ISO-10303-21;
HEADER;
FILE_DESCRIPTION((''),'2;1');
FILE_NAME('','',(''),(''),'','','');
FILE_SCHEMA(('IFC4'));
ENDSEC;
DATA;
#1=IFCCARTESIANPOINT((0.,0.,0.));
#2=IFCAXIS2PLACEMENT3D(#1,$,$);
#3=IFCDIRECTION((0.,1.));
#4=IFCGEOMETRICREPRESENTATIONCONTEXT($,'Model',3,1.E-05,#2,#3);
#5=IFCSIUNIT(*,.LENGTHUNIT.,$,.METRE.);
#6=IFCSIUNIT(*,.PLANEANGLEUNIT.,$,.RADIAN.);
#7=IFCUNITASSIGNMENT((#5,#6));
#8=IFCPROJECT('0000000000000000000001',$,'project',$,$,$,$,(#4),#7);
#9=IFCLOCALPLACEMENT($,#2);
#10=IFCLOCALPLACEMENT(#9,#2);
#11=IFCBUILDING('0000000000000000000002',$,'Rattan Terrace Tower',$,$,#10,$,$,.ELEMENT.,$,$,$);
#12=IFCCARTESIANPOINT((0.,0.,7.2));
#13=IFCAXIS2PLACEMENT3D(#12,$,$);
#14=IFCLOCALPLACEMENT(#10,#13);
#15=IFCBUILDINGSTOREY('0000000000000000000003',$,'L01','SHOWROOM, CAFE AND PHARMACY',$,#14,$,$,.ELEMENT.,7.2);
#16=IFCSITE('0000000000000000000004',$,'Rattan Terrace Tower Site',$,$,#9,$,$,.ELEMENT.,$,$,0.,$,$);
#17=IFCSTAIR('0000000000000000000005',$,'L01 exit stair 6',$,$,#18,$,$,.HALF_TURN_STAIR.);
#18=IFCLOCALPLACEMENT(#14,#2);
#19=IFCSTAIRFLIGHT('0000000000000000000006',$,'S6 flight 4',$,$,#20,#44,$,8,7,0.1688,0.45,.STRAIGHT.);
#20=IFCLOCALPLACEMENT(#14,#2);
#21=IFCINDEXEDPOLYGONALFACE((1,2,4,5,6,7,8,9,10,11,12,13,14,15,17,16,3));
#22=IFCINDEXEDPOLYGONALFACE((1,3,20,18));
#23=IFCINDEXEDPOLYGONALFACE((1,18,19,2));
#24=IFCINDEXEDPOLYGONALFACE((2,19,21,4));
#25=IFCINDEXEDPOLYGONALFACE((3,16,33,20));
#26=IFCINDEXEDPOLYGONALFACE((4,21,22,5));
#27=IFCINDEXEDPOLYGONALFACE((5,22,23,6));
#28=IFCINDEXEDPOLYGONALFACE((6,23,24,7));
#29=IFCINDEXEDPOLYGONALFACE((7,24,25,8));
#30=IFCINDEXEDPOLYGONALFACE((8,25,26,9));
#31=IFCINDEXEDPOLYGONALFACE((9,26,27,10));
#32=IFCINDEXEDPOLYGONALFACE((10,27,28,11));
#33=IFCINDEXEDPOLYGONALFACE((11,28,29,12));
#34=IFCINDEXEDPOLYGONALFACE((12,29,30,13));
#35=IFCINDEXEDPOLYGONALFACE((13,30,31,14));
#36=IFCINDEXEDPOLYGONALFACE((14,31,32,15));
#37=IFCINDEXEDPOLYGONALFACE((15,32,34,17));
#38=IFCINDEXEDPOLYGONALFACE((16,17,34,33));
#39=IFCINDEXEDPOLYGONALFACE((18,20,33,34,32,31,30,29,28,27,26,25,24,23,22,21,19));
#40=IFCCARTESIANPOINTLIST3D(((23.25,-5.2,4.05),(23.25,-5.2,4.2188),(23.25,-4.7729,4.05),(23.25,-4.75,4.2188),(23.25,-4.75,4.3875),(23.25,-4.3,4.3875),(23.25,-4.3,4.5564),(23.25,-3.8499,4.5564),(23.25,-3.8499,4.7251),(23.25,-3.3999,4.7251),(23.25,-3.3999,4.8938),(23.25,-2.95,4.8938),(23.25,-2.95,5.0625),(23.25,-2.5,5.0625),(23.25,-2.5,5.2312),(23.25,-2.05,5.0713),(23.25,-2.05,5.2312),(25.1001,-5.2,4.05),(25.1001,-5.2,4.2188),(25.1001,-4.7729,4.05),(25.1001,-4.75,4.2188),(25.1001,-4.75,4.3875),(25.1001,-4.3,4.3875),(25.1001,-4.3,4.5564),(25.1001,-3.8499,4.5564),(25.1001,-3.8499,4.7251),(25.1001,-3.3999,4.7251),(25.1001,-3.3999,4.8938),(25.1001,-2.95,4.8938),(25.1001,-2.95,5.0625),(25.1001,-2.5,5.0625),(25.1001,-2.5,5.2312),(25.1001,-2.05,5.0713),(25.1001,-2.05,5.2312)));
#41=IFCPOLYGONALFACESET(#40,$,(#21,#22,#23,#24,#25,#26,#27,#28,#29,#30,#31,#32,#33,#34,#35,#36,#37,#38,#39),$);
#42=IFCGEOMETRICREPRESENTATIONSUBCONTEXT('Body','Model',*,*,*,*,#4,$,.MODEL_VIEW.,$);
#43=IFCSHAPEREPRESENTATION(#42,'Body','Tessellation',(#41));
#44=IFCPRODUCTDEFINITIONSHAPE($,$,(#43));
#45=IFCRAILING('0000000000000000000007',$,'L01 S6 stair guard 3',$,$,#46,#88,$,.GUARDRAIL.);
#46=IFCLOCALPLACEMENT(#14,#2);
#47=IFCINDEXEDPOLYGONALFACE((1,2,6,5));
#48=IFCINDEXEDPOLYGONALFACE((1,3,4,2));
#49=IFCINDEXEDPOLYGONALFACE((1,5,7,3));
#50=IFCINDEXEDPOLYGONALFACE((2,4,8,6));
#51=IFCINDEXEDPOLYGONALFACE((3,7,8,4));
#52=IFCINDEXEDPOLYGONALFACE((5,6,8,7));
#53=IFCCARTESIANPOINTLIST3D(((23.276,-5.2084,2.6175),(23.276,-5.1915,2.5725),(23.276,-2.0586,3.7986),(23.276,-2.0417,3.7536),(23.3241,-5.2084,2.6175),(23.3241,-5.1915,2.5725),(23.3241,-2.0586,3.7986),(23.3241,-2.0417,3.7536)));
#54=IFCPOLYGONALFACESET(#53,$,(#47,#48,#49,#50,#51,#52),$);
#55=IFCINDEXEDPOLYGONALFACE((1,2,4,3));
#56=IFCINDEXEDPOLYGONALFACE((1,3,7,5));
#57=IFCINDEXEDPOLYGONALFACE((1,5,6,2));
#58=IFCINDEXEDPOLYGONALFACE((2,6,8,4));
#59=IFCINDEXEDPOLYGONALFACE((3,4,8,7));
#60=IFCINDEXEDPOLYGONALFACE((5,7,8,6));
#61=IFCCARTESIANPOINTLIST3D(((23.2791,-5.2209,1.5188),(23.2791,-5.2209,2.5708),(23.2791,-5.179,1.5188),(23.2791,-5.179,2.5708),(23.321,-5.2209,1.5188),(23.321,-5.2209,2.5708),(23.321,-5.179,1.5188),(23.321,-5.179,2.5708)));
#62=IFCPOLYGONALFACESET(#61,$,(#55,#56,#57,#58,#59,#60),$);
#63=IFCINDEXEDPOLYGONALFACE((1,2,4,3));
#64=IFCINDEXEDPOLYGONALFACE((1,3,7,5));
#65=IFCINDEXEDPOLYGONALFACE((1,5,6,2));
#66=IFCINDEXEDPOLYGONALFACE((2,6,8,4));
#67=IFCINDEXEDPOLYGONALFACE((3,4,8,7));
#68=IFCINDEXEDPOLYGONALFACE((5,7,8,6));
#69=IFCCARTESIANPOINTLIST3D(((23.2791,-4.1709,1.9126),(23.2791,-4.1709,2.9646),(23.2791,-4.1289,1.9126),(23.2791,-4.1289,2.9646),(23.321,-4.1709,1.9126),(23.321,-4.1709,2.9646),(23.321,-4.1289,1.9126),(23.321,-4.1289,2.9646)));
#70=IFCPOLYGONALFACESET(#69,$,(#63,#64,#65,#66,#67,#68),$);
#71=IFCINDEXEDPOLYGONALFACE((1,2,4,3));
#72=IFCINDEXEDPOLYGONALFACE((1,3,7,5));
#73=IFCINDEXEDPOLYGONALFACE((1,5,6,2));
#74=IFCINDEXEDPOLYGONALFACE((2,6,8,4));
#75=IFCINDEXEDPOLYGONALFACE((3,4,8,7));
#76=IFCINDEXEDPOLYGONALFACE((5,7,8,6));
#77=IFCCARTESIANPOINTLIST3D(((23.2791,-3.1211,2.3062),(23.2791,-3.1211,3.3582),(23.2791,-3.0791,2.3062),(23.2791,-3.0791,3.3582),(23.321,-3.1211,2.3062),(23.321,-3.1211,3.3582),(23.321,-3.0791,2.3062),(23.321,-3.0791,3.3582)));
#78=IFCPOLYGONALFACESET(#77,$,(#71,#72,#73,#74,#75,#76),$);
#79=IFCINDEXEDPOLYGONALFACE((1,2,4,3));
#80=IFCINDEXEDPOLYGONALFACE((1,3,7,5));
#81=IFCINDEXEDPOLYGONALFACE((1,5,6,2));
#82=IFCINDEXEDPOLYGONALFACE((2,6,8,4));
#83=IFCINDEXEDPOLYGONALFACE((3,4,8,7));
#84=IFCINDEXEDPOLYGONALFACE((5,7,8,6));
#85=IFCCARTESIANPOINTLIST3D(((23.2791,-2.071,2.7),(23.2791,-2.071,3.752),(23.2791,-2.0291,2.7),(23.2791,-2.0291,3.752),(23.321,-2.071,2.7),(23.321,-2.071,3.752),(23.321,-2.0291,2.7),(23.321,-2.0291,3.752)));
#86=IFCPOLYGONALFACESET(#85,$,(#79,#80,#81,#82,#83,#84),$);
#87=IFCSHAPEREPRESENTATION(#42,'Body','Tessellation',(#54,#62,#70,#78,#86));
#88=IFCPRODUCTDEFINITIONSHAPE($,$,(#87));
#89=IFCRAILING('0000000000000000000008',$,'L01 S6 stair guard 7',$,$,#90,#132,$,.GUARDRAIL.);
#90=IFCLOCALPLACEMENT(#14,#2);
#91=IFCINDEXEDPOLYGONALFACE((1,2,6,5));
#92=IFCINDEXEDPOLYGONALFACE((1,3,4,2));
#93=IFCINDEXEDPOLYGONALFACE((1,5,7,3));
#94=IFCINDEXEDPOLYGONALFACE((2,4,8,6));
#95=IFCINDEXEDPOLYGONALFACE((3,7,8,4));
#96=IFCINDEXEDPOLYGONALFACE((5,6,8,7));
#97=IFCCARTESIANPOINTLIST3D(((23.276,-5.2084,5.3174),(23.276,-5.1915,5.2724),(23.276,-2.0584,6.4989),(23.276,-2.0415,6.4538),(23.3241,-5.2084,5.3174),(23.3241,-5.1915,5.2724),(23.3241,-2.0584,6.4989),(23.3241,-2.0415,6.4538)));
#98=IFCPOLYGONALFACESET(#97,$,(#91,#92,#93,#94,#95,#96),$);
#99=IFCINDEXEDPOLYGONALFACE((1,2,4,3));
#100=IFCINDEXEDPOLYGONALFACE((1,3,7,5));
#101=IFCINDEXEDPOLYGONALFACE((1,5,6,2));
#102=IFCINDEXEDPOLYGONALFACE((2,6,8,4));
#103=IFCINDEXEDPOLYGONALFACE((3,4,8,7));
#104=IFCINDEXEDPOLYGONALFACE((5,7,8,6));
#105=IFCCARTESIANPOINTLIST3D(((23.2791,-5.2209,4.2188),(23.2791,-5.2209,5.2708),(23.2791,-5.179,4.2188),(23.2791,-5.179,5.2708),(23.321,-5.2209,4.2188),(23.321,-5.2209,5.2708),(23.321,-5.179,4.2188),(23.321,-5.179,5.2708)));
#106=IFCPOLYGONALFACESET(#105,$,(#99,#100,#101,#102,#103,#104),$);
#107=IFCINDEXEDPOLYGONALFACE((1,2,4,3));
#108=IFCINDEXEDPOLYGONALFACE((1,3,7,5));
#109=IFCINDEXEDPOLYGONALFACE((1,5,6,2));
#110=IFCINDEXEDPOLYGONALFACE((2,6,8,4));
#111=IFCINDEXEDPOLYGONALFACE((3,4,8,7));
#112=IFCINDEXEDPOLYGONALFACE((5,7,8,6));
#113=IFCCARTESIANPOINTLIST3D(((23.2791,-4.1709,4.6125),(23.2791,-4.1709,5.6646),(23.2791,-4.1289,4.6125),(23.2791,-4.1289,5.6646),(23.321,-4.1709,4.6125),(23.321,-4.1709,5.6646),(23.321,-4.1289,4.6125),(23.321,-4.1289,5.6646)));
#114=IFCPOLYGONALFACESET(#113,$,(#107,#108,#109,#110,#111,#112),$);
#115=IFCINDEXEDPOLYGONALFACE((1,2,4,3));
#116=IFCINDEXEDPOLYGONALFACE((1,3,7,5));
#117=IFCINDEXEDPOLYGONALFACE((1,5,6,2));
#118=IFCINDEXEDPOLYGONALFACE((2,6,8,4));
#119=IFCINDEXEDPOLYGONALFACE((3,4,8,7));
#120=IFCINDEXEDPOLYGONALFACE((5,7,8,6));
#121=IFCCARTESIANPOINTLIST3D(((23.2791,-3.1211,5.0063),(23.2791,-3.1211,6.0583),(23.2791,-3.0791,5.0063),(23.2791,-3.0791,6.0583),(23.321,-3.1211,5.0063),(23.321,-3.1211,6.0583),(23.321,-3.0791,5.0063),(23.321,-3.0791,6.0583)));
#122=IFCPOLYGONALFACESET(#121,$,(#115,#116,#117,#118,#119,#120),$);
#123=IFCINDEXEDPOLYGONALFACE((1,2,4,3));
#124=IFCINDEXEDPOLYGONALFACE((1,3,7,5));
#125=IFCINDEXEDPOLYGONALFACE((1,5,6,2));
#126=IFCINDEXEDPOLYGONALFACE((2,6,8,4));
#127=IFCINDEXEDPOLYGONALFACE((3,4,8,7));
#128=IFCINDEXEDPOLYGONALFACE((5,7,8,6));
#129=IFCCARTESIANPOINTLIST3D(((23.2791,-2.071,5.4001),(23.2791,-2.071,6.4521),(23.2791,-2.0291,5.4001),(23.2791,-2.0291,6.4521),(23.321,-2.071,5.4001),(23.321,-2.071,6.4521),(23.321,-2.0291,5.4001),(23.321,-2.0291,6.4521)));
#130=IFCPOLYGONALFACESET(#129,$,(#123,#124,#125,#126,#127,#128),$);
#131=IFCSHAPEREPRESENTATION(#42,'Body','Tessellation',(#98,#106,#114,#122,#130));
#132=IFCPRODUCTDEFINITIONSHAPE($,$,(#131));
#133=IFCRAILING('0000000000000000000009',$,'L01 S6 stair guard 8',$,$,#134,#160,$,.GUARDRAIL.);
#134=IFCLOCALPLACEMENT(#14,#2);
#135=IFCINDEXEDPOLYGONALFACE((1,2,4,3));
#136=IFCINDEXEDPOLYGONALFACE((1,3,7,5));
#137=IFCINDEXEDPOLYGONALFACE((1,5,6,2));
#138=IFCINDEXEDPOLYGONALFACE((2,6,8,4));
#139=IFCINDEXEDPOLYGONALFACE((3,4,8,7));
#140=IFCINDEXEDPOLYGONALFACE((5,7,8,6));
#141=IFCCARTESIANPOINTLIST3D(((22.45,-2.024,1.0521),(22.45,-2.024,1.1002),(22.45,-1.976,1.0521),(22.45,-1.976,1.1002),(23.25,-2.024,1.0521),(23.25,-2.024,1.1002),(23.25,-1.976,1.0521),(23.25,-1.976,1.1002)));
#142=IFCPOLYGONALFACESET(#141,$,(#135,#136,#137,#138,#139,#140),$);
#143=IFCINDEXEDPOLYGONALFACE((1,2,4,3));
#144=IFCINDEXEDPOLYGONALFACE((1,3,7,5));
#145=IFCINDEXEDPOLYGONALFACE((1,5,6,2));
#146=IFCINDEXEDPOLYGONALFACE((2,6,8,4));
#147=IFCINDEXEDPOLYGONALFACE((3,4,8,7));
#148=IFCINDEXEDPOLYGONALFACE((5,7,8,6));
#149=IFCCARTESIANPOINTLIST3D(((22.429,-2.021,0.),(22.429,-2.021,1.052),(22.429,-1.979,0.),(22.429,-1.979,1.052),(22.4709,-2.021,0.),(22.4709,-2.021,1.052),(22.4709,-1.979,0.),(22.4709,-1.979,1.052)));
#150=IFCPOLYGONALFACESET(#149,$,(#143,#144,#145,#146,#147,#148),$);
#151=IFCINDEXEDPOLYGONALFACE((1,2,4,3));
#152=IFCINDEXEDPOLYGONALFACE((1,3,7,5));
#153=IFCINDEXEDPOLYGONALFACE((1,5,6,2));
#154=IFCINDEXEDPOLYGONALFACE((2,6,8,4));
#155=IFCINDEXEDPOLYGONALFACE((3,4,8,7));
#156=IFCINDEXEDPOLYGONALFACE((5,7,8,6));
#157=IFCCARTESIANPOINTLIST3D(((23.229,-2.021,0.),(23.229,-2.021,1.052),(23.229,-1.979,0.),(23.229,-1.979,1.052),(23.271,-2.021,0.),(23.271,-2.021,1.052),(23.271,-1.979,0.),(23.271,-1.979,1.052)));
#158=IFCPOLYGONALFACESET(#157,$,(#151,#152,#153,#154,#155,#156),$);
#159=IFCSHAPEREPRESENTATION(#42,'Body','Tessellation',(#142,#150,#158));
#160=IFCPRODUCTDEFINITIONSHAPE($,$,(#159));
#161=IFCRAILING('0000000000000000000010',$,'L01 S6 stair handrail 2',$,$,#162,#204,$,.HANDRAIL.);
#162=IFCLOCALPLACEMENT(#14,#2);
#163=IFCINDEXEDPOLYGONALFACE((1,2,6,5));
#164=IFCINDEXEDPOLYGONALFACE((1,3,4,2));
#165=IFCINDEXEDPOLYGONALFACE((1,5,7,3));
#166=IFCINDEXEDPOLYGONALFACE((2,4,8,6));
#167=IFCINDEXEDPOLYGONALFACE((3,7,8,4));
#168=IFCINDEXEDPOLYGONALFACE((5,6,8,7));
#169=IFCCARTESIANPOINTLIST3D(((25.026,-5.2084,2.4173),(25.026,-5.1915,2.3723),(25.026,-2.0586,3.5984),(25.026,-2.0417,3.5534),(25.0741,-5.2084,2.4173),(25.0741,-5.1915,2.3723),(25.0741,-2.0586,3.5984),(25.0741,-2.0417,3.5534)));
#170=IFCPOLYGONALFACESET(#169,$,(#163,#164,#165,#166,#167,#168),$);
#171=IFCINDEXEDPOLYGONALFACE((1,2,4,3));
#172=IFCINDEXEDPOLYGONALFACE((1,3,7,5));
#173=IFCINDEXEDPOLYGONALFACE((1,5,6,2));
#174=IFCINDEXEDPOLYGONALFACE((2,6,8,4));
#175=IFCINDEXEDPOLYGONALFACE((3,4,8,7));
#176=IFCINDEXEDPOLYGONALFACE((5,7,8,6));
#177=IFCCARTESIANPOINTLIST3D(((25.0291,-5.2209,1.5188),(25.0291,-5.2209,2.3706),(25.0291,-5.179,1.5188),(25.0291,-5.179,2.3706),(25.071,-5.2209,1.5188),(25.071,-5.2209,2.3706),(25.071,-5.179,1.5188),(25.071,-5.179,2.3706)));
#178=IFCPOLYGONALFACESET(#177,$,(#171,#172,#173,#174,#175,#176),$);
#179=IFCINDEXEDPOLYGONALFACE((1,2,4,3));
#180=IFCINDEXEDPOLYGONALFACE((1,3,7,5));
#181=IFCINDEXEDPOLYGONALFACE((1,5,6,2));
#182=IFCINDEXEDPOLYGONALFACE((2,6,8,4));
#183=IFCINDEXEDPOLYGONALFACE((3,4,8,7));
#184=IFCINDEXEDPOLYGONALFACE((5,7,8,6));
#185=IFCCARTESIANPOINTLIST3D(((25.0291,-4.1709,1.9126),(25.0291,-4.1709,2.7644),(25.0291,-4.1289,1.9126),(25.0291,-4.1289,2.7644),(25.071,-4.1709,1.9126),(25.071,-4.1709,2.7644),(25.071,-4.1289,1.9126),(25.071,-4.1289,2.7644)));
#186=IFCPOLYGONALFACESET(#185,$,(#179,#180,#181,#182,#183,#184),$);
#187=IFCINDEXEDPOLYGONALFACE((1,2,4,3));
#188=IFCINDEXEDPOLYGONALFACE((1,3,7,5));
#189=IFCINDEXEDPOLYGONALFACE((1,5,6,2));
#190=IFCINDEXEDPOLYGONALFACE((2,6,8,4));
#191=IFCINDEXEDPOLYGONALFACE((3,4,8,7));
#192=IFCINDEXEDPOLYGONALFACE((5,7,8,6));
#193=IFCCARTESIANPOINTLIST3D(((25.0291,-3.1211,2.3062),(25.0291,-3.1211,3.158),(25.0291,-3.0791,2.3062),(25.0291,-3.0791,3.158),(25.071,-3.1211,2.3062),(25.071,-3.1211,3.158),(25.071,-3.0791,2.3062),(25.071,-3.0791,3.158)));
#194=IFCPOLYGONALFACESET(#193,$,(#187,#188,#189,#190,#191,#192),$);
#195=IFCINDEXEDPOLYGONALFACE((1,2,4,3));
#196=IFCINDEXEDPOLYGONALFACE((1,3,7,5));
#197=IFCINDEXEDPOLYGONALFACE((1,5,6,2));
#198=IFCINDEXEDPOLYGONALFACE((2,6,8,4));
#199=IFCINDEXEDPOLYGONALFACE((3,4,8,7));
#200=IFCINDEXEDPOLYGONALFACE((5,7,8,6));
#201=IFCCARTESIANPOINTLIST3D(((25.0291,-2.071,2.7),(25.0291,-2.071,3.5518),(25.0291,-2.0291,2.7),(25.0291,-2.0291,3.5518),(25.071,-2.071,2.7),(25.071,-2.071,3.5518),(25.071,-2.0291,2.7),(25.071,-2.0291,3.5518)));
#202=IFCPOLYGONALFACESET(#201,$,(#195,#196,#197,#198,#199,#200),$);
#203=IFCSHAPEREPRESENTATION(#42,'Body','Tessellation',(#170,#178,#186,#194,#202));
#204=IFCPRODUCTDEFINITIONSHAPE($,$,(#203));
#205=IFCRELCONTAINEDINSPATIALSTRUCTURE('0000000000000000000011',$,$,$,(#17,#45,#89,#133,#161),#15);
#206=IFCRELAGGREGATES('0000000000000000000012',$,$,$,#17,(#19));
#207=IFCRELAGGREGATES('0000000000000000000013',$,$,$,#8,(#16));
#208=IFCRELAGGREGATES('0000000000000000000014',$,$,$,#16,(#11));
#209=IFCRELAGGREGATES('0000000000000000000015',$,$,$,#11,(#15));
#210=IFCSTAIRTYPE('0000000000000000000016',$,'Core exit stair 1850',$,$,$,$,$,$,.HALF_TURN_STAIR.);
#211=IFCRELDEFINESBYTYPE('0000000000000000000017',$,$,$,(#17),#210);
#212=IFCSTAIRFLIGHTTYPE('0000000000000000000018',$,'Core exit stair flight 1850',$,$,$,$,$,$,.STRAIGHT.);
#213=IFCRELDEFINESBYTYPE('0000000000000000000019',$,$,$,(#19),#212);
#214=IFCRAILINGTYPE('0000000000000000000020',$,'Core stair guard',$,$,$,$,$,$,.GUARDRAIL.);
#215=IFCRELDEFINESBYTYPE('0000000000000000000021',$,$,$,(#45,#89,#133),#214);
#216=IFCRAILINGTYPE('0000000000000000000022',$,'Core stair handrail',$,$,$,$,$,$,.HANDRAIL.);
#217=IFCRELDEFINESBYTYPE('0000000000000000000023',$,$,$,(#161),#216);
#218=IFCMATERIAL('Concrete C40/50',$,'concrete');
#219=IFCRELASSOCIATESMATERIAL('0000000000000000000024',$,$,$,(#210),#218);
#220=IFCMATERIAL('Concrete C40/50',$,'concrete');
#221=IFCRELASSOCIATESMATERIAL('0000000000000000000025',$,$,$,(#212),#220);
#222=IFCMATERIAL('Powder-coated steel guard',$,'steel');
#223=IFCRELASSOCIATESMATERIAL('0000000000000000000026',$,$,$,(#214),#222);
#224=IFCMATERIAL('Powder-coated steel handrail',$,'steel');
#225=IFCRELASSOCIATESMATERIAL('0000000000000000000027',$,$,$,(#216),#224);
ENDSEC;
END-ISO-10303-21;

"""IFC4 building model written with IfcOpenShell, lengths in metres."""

from ifc_helpers import new_model, si_unit, direction, frame, origin, origin_2d, place, context, subcontext, project, spatial, polyline, rectangle, outline, extrude, material, type_object, element, aggregate, save


model = new_model("IFC4")

# Units and contexts
model_context = context("Model", 3, precision=1e-05, world=origin(), true_north=direction((0.0, 1.0)))
body_context = subcontext(model_context, "Body", "Model", "MODEL_VIEW")
ifc_project = project(units=[si_unit("LENGTHUNIT", "METRE"), si_unit("PLANEANGLEUNIT", "RADIAN")], contexts=[model_context])

# Site, building, storey
site_placement = place(None, origin())
site = spatial("IfcSite", under=ifc_project, at=site_placement, Name="Rattan Terrace Tower Site", CompositionType="ELEMENT", RefElevation=0.0)
building_placement = place(site_placement, origin())
building = spatial("IfcBuilding", under=site, at=building_placement, Name="Rattan Terrace Tower", CompositionType="ELEMENT")
storey_placement = place(building_placement, frame((0.0, 0.0, 7.2)))
storey = spatial("IfcBuildingStorey", under=building, at=storey_placement, Name="L01", Description="SHOWROOM, CAFE AND PHARMACY", CompositionType="ELEMENT", Elevation=7.2)

# Stair, stair flight
ifc_material_1 = material(Name="Concrete C40/50", Category="concrete")
stair_type = type_object("IfcStairType", Name="Core exit stair 1850", PredefinedType="HALF_TURN_STAIR", material=ifc_material_1)
stair_placement = place(storey_placement, origin())
stair = element("IfcStair", 1, at=stair_placement, inside=storey, type_object=stair_type, Name="L01 exit stair 6", PredefinedType="HALF_TURN_STAIR")
ifc_material_2 = material(Name="Concrete C40/50", Category="concrete")
stair_flight_type = type_object("IfcStairFlightType", Name="Core exit stair flight 1850", PredefinedType="STRAIGHT", material=ifc_material_2)
stair_flight_1_placement = place(storey_placement, frame((24.175, -5.2, 4.05), z_axis=(0.0, 0.0, 1.0), x_axis=(0.0, 1.0, 0.0)))
stair_flight_1 = element("IfcStairFlight", 2, at=stair_flight_1_placement, type_object=stair_flight_type, Name="S6 flight 4", NumberOfRisers=8, NumberOfTreads=7, PredefinedType="STRAIGHT", RiserHeight=0.1688, TreadLength=0.45, context=body_context, shape_type="SweptSolid", body=[
    extrude(outline(polyline([(0.0, 0.0), (0.0, 0.1687), (0.45, 0.1687), (0.45, 0.3374), (0.8999, 0.3374), (0.8999, 0.5063), (1.3501, 0.5063), (1.3501, 0.675), (1.8, 0.675), (1.8, 0.8438), (2.25, 0.8438), (2.25, 1.0125), (2.7, 1.0125), (2.7, 1.1812), (3.1499, 1.1812), (3.1499, 1.3501), (3.1499, 1.0212), (0.427, 0.0), (0.0, 0.0)])), frame((0.0, 0.925, 0.0), z_axis=(0.0, -1.0, 0.0), x_axis=(1.0, 0.0, 0.0)), (0.0, 0.0, 1.0), 1.8501),
])
aggregate(stair, [stair_flight_1])

# Railings
ifc_material_3 = material(Name="Powder-coated steel guard", Category="steel")
railing_type_1 = type_object("IfcRailingType", Name="Core stair guard", PredefinedType="GUARDRAIL", material=ifc_material_3)
railing_1_placement = place(storey_placement, frame((23.3, -5.2, 1.5188)))
element("IfcRailing", 3, at=railing_1_placement, inside=storey, type_object=railing_type_1, Name="L01 S6 stair guard 3", PredefinedType="GUARDRAIL", context=body_context, shape_type="SweptSolid", body=[
    extrude(rectangle(XDim=0.0481, YDim=0.0481, at=origin_2d()), frame((0.0, 0.0, 1.0762), z_axis=(0.0, 0.936335, 0.351108), x_axis=(-1.0, 0.0, 0.0)), (0.0, 0.0, 1.0), 3.364),
    extrude(rectangle(XDim=0.042, YDim=0.042, at=origin_2d()), origin(), (0.0, 0.0, 1.0), 1.052),
    extrude(rectangle(XDim=0.042, YDim=0.042, at=origin_2d()), frame((0.0, 1.05, 0.3938)), (0.0, 0.0, 1.0), 1.052),
    extrude(rectangle(XDim=0.042, YDim=0.042, at=origin_2d()), frame((0.0, 2.0999, 0.7874)), (0.0, 0.0, 1.0), 1.052),
    extrude(rectangle(XDim=0.042, YDim=0.042, at=origin_2d()), frame((0.0, 3.1499, 1.1812)), (0.0, 0.0, 1.0), 1.052),
])
railing_2_placement = place(storey_placement, frame((23.3, -5.2, 4.2188)))
element("IfcRailing", 4, at=railing_2_placement, inside=storey, type_object=railing_type_1, Name="L01 S6 stair guard 7", PredefinedType="GUARDRAIL", context=body_context, shape_type="SweptSolid", body=[
    extrude(rectangle(XDim=0.0481, YDim=0.0481, at=origin_2d()), frame((0.0, 0.0, 1.0762), z_axis=(0.0, 0.936311, 0.351171), x_axis=(-1.0, 0.0, 0.0)), (0.0, 0.0, 1.0), 3.3643),
    extrude(rectangle(XDim=0.042, YDim=0.042, at=origin_2d()), origin(), (0.0, 0.0, 1.0), 1.052),
    extrude(rectangle(XDim=0.042, YDim=0.042, at=origin_2d()), frame((0.0, 1.05, 0.3938)), (0.0, 0.0, 1.0), 1.052),
    extrude(rectangle(XDim=0.042, YDim=0.042, at=origin_2d()), frame((0.0, 2.0999, 0.7876)), (0.0, 0.0, 1.0), 1.052),
    extrude(rectangle(XDim=0.042, YDim=0.042, at=origin_2d()), frame((0.0, 3.1499, 1.1814)), (0.0, 0.0, 1.0), 1.052),
])
railing_3_placement = place(storey_placement, frame((22.45, -2.0, 0.0)))
element("IfcRailing", 5, at=railing_3_placement, inside=storey, type_object=railing_type_1, Name="L01 S6 stair guard 8", PredefinedType="GUARDRAIL", context=body_context, shape_type="SweptSolid", body=[
    extrude(rectangle(XDim=0.0481, YDim=0.0481, at=origin_2d()), frame((0.0, 0.0, 1.0762), z_axis=(1.0, 0.0, 0.0), x_axis=(0.0, 1.0, 0.0)), (0.0, 0.0, 1.0), 0.8),
    extrude(rectangle(XDim=0.042, YDim=0.042, at=origin_2d()), origin(), (0.0, 0.0, 1.0), 1.052),
    extrude(rectangle(XDim=0.042, YDim=0.042, at=origin_2d()), frame((0.8, 0.0, 0.0)), (0.0, 0.0, 1.0), 1.052),
])
ifc_material_4 = material(Name="Powder-coated steel handrail", Category="steel")
railing_type_2 = type_object("IfcRailingType", Name="Core stair handrail", PredefinedType="HANDRAIL", material=ifc_material_4)
railing_4_placement = place(storey_placement, frame((25.05, -5.2, 1.5188)))
element("IfcRailing", 6, at=railing_4_placement, inside=storey, type_object=railing_type_2, Name="L01 S6 stair handrail 2", PredefinedType="HANDRAIL", context=body_context, shape_type="SweptSolid", body=[
    extrude(rectangle(XDim=0.0481, YDim=0.0481, at=origin_2d()), frame((0.0, 0.0, 0.876), z_axis=(0.0, 0.936335, 0.351108), x_axis=(-1.0, 0.0, 0.0)), (0.0, 0.0, 1.0), 3.364),
    extrude(rectangle(XDim=0.042, YDim=0.042, at=origin_2d()), origin(), (0.0, 0.0, 1.0), 0.8518),
    extrude(rectangle(XDim=0.042, YDim=0.042, at=origin_2d()), frame((0.0, 1.05, 0.3938)), (0.0, 0.0, 1.0), 0.8518),
    extrude(rectangle(XDim=0.042, YDim=0.042, at=origin_2d()), frame((0.0, 2.0999, 0.7874)), (0.0, 0.0, 1.0), 0.8518),
    extrude(rectangle(XDim=0.042, YDim=0.042, at=origin_2d()), frame((0.0, 3.1499, 1.1812)), (0.0, 0.0, 1.0), 0.8518),
])

save(model, "model.ifc")
